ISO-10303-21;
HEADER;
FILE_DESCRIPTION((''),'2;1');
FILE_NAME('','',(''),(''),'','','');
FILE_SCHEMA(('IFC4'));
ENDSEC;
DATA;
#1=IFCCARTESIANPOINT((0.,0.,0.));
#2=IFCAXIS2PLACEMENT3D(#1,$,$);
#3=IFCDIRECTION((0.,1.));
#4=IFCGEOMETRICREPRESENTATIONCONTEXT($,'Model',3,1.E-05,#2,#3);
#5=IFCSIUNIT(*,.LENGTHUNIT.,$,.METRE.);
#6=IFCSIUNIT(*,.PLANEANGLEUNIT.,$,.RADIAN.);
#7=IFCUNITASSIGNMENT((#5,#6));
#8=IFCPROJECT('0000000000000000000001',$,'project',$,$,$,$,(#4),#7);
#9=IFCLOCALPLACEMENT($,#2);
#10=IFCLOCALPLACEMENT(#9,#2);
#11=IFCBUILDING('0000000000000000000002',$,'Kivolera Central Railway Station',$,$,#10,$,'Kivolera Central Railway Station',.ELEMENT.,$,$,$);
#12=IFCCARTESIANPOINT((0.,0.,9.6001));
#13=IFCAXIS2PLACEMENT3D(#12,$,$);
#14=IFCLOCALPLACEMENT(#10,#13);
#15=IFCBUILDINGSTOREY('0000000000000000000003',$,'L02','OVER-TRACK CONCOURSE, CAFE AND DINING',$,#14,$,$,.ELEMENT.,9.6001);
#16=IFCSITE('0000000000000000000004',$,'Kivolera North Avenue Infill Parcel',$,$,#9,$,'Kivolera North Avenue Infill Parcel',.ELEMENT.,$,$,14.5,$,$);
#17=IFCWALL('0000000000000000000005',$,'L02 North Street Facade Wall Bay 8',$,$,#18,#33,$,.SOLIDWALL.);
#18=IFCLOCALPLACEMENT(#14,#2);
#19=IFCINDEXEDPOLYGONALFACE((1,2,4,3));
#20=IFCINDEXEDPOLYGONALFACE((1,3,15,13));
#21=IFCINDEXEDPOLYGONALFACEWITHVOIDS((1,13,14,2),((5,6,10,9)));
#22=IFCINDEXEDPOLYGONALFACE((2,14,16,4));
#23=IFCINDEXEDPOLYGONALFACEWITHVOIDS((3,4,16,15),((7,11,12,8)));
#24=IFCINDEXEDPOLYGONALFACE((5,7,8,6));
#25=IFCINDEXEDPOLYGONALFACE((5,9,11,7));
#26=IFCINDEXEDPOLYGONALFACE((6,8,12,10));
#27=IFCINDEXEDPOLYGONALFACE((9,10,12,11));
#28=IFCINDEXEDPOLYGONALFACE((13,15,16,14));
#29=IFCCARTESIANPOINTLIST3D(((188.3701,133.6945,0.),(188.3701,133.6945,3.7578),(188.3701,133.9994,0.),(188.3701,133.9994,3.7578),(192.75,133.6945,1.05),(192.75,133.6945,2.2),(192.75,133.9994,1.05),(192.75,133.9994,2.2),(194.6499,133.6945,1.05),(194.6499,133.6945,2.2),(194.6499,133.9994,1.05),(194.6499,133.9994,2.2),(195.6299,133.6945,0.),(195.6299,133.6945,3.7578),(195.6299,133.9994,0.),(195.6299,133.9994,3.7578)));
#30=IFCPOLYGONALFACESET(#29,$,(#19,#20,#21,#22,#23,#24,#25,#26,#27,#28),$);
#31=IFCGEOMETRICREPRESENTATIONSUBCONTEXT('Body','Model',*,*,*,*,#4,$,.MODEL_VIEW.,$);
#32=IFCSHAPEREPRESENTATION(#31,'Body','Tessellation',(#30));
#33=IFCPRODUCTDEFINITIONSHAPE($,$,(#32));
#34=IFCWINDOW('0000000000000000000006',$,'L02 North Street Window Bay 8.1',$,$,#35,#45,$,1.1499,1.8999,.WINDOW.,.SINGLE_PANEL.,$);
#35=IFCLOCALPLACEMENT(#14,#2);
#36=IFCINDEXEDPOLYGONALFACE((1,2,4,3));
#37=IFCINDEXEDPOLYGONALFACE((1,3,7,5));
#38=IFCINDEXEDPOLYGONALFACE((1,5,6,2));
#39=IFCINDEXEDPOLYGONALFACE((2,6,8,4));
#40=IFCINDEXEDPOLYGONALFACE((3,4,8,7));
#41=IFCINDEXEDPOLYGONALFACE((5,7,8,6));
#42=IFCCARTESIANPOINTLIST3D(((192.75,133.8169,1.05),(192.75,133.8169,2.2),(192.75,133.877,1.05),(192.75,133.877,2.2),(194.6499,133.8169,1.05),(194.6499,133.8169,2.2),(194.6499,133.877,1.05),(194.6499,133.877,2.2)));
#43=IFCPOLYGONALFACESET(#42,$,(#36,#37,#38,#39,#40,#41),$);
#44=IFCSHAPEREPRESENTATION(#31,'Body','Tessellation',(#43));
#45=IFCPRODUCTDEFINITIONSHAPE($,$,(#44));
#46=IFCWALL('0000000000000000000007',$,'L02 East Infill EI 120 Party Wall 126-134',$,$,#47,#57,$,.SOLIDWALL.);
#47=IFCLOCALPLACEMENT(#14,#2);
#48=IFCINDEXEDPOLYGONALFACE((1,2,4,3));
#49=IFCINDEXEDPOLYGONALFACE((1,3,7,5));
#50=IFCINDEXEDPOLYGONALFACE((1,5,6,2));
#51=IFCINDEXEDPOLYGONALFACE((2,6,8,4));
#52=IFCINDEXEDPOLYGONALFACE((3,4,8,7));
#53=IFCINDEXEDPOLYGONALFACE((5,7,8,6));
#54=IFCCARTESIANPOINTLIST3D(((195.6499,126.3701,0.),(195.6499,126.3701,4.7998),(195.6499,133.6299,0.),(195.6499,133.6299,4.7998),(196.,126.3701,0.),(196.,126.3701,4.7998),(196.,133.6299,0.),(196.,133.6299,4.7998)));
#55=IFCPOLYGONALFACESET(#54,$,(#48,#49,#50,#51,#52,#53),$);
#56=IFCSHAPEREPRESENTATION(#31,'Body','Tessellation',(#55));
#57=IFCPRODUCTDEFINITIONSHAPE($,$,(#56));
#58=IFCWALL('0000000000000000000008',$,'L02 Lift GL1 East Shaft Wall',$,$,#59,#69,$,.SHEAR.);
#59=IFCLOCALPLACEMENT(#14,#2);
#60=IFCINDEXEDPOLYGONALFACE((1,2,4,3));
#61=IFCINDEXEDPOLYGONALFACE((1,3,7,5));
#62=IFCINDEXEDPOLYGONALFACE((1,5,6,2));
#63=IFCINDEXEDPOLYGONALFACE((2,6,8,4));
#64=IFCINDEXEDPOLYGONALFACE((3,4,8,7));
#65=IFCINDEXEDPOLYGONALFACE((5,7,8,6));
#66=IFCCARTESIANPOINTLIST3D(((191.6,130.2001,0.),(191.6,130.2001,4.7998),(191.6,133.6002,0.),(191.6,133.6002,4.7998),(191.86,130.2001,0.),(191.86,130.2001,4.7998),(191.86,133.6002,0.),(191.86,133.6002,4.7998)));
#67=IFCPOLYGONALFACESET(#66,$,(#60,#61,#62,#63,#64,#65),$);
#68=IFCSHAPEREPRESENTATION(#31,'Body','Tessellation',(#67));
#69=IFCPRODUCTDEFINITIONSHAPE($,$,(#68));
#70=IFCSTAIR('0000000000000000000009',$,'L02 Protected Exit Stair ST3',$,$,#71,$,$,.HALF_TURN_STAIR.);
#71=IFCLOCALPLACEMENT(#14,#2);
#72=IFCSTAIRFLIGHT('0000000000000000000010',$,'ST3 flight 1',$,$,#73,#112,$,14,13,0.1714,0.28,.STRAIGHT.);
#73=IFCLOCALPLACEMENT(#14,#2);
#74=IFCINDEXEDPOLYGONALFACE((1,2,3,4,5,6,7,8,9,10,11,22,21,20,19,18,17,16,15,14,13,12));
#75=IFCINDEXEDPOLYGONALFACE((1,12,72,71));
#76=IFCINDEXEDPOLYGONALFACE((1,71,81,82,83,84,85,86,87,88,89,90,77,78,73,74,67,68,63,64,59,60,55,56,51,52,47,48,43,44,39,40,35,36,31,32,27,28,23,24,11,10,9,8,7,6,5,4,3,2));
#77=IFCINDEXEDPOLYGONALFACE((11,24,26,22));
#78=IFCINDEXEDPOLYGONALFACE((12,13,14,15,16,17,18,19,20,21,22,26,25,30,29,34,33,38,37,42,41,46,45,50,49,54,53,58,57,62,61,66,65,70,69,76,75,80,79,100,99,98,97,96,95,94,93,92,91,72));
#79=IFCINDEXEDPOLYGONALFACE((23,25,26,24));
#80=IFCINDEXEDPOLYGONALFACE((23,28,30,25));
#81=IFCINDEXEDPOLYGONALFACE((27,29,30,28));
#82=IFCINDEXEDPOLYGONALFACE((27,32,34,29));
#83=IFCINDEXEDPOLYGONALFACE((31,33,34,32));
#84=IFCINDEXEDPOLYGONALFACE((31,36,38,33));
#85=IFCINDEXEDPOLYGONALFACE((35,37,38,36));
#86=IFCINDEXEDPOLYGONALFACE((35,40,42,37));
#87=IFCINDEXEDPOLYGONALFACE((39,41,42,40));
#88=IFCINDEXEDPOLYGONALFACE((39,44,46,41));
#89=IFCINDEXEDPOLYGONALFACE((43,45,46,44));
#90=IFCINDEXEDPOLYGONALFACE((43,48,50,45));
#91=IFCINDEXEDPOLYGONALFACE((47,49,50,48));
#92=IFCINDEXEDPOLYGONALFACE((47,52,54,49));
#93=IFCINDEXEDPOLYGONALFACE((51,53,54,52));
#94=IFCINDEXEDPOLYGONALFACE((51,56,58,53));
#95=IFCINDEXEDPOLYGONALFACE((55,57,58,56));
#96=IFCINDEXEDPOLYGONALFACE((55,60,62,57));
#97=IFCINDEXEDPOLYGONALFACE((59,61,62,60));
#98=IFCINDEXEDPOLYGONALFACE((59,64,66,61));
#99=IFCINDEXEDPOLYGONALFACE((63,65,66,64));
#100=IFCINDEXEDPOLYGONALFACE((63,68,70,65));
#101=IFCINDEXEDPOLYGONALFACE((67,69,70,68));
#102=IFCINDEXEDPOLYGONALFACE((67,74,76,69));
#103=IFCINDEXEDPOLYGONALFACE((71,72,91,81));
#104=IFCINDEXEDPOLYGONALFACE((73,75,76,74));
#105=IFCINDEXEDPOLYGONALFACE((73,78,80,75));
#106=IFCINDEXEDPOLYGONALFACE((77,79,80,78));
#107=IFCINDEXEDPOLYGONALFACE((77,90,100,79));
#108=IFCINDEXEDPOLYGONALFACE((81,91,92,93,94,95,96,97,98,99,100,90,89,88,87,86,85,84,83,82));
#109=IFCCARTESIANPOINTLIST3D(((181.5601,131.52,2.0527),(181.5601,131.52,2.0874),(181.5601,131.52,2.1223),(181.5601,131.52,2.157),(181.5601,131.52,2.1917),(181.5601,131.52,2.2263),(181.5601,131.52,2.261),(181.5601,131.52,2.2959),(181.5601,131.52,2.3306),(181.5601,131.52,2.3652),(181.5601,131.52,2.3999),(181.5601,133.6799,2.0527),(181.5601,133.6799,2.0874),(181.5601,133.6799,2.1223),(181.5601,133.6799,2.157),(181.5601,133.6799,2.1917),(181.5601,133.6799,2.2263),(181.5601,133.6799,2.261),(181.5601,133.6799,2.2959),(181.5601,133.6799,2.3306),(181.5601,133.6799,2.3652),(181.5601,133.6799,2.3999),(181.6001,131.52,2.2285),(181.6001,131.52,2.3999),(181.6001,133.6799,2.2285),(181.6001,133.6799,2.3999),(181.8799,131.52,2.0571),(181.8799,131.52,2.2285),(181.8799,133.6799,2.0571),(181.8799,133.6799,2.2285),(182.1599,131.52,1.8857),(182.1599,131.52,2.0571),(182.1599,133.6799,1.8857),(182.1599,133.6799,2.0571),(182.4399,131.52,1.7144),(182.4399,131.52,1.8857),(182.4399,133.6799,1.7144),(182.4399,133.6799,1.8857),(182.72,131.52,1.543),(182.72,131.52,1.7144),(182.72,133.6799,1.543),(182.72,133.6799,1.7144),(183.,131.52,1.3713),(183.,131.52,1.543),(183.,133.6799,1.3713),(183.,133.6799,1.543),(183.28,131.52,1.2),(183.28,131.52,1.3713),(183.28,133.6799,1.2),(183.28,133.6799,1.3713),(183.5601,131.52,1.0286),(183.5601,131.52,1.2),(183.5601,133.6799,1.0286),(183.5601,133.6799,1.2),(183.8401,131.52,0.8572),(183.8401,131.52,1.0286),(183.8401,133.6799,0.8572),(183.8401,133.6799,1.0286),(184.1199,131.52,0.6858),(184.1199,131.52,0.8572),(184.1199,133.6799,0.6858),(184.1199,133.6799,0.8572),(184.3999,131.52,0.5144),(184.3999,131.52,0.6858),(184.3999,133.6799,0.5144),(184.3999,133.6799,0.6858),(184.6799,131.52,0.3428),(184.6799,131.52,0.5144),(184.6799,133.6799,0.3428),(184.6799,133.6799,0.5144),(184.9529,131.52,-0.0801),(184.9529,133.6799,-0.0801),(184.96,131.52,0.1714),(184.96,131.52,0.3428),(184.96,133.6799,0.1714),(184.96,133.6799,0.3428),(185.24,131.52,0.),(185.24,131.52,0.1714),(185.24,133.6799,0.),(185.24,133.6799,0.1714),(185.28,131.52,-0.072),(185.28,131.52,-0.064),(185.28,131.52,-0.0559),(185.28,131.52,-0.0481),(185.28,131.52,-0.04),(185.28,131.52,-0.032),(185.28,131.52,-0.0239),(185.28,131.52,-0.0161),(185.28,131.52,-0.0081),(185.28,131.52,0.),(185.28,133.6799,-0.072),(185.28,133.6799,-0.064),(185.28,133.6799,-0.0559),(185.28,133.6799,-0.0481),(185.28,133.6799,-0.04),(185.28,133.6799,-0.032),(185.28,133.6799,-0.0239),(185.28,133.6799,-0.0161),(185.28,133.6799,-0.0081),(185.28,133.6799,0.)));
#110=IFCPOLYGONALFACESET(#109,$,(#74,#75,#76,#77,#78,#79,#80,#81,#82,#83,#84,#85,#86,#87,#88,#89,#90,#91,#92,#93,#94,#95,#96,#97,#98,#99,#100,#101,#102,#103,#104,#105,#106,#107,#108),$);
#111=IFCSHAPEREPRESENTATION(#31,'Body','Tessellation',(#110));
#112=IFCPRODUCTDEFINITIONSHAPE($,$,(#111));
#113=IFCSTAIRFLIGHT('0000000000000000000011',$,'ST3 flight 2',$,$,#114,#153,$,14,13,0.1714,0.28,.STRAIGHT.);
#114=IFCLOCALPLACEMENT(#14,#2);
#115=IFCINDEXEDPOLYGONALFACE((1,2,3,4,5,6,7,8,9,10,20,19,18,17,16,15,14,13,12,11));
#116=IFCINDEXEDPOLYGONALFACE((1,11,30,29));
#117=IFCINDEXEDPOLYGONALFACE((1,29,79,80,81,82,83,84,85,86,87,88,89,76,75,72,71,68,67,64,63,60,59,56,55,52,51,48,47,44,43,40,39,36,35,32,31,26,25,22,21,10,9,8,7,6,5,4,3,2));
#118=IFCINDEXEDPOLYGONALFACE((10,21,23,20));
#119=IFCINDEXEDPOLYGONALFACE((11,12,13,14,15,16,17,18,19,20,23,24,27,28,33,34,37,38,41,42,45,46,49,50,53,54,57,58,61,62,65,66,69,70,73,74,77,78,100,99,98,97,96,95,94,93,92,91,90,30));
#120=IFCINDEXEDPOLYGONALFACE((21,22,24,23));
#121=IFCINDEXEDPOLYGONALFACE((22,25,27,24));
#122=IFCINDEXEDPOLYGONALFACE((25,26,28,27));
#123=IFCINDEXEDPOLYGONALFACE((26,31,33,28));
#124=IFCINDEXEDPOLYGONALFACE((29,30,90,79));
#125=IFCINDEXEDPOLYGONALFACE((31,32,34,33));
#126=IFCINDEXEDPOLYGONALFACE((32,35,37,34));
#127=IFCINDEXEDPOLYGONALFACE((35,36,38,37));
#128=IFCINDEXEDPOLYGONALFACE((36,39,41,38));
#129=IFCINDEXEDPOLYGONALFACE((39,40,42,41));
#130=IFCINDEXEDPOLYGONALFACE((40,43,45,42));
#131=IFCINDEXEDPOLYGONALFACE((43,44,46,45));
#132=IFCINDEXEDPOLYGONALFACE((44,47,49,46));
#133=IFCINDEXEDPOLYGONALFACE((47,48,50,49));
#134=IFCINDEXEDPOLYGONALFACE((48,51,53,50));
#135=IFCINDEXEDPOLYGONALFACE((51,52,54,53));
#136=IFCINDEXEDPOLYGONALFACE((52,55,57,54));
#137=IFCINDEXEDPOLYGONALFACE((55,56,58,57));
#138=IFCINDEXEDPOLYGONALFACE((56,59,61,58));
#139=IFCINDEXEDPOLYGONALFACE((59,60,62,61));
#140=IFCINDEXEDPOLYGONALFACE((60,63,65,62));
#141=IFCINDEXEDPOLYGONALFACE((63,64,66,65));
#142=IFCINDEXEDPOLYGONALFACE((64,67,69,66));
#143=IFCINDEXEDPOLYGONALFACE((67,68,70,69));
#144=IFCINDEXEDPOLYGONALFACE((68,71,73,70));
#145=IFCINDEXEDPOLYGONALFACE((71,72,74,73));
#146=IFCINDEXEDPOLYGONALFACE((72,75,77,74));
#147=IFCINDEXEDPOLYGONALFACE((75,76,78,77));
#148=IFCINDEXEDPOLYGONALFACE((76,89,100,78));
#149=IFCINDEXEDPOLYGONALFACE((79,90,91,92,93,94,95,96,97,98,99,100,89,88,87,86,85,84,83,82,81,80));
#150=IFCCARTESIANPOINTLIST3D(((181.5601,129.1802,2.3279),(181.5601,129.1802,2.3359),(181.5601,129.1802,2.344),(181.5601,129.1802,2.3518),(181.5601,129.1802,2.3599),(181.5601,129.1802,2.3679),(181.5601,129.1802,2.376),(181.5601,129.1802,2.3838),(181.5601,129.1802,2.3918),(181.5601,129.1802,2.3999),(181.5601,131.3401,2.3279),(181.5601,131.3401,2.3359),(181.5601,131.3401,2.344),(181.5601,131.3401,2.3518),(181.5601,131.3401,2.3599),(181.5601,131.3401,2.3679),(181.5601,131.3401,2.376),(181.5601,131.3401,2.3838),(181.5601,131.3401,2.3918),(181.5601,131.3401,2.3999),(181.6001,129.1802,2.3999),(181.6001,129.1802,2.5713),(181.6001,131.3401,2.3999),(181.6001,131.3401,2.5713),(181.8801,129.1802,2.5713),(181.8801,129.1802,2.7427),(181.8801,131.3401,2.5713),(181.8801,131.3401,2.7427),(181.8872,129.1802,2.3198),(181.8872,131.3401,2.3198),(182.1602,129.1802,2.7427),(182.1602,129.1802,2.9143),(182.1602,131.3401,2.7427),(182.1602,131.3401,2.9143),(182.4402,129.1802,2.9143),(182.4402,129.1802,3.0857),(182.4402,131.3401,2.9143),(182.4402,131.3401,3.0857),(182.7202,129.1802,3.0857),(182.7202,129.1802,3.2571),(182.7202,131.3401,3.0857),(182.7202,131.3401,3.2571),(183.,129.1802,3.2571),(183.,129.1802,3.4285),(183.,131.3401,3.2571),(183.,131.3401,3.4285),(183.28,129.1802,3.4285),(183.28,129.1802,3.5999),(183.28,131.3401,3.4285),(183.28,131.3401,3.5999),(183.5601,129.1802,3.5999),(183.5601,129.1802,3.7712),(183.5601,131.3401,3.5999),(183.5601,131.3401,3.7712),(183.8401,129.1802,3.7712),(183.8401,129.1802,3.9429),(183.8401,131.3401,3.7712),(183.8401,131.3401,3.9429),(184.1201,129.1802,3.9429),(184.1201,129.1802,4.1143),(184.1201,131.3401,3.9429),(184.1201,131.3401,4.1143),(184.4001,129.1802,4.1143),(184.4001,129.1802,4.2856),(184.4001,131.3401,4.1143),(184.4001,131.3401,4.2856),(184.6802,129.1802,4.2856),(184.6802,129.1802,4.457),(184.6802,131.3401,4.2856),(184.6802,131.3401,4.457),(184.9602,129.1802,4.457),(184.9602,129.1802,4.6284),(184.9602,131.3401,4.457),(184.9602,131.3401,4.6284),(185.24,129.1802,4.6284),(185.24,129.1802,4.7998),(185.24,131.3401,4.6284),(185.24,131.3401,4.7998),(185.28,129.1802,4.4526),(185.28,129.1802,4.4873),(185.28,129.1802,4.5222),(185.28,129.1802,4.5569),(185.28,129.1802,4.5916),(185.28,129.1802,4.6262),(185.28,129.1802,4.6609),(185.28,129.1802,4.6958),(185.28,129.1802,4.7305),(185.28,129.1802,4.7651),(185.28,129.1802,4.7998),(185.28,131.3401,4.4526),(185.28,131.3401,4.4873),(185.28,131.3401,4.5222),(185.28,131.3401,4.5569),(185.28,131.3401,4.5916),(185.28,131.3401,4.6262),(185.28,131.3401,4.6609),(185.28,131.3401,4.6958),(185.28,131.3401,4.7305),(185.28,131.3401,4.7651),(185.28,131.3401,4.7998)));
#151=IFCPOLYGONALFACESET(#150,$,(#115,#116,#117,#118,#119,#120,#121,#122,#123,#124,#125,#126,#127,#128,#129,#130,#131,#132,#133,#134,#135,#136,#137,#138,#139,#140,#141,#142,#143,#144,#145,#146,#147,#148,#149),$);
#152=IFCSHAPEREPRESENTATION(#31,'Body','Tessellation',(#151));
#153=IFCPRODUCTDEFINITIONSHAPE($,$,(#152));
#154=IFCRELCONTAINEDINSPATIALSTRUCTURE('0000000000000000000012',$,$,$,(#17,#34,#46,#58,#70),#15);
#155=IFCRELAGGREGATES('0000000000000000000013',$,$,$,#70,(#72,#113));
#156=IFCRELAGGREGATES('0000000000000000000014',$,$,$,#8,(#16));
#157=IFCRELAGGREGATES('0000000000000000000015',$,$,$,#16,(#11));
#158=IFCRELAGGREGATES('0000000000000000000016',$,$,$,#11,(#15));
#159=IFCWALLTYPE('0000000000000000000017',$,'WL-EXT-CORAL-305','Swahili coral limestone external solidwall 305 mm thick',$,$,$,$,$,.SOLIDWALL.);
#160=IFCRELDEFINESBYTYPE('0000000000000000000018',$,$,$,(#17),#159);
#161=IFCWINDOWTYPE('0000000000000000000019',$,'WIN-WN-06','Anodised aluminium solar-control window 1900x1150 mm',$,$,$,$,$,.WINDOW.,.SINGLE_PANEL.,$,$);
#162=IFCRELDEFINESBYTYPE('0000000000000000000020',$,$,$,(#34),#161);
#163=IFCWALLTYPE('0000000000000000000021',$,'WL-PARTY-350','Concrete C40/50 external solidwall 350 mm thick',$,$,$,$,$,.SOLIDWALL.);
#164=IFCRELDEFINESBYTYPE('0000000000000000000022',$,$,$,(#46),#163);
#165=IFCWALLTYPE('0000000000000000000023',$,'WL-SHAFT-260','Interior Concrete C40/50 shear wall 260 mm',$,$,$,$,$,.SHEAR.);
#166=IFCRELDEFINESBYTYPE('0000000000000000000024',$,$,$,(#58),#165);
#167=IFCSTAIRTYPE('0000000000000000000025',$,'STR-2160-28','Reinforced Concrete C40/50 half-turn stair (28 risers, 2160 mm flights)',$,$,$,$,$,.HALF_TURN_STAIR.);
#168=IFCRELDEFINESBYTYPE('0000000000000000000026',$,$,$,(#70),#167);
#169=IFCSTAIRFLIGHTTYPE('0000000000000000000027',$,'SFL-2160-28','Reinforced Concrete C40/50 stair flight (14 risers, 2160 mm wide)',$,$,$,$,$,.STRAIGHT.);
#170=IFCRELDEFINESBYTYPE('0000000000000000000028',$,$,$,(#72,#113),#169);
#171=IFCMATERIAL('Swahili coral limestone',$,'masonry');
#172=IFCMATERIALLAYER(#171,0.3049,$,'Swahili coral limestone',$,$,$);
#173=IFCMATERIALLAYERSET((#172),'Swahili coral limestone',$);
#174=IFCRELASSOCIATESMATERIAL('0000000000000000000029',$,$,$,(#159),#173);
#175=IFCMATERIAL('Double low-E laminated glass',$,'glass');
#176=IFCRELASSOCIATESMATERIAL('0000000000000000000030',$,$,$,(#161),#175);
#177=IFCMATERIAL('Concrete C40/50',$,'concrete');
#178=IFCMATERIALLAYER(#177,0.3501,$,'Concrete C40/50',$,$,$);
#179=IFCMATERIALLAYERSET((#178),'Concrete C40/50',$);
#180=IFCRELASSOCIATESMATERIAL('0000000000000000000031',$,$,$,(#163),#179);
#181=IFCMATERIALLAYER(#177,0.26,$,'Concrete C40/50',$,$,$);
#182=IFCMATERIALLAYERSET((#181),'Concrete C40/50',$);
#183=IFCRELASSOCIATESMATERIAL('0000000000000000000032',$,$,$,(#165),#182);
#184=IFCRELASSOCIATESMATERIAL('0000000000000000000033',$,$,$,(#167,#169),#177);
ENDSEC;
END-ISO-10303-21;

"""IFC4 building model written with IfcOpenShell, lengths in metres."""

from ifc_helpers import new_model, si_unit, direction, frame, frame_2d, origin, place, context, subcontext, project, spatial, polyline, rectangle, outline, extrude, material, layer, layer_set, type_object, element, fill, aggregate, save


model = new_model("IFC4")

# Units and contexts
model_context = context("Model", 3, precision=1e-05, world=origin(), true_north=direction((0.0, 1.0)))
body_context = subcontext(model_context, "Body", "Model", "MODEL_VIEW")
ifc_project = project(units=[si_unit("LENGTHUNIT", "METRE"), si_unit("PLANEANGLEUNIT", "RADIAN")], contexts=[model_context])

# Site, building, storey
site_placement = place(None, origin())
site = spatial("IfcSite", under=ifc_project, at=site_placement, Name="Kivolera North Avenue Infill Parcel", LongName="Kivolera North Avenue Infill Parcel", CompositionType="ELEMENT", RefElevation=14.5)
building_placement = place(site_placement, origin())
building = spatial("IfcBuilding", under=site, at=building_placement, Name="Kivolera Central Railway Station", LongName="Kivolera Central Railway Station", CompositionType="ELEMENT")
storey_placement = place(building_placement, frame((0.0, 0.0, 9.6001)))
storey = spatial("IfcBuildingStorey", under=building, at=storey_placement, Name="L02", Description="OVER-TRACK CONCOURSE, CAFE AND DINING", CompositionType="ELEMENT", Elevation=9.6001)

# Shared definitions
ifc_material_1 = material(Name="Concrete C40/50", Category="concrete")

# Shared definitions
ifc_material_2 = material(Name="Double low-E laminated glass", Category="glass")

# Wall, opening, window
ifc_material_3 = material(Name="Swahili coral limestone", Category="masonry")
ifc_layer_1 = layer(ifc_material_3, 0.3049, Name="Swahili coral limestone")
ifc_layer_set_1 = layer_set([ifc_layer_1], Name="Swahili coral limestone")
wall_type_1 = type_object("IfcWallType", Name="WL-EXT-CORAL-305", Description="Swahili coral limestone external solidwall 305 mm thick", PredefinedType="SOLIDWALL", material=ifc_layer_set_1)
wall_1_placement = place(storey_placement, frame((188.3701, 133.8469, 0.0), z_axis=(0.0, 0.0, 1.0), x_axis=(1.0, 0.0, 0.0)))
wall_1 = element("IfcWall", 1, at=wall_1_placement, inside=storey, type_object=wall_type_1, Name="L02 North Street Facade Wall Bay 8", PredefinedType="SOLIDWALL", context=body_context, shape_type="SweptSolid", body=[
    extrude(rectangle(XDim=7.2598, YDim=0.3049, at=frame_2d((3.6299, 0.0))), origin(), (0.0, 0.0, 1.0), 3.7578),
])
opening_1_placement = place(wall_1_placement, frame((4.3799, 0.0, 1.05)))
opening_1 = element("IfcOpeningElement", 2, at=opening_1_placement, cuts=wall_1, PredefinedType="OPENING", context=body_context, shape_type="SweptSolid", body=[
    extrude(rectangle(XDim=1.8999, YDim=1.1499, at=frame_2d((0.95, 0.575))), frame((0.0, 0.1624, 0.0), z_axis=(0.0, -1.0, 0.0), x_axis=(1.0, 0.0, 0.0)), (0.0, 0.0, 1.0), 0.325),
])
window_type_1 = type_object("IfcWindowType", Name="WIN-WN-06", Description="Anodised aluminium solar-control window 1900x1150 mm", PartitioningType="SINGLE_PANEL", PredefinedType="WINDOW", material=ifc_material_2)
window_1_placement = place(opening_1_placement, origin())
window_1 = element("IfcWindow", 3, at=window_1_placement, inside=storey, type_object=window_type_1, Name="L02 North Street Window Bay 8.1", OverallHeight=1.1499, OverallWidth=1.8999, PartitioningType="SINGLE_PANEL", PredefinedType="WINDOW", context=body_context, shape_type="SweptSolid", body=[
    extrude(rectangle(XDim=1.8999, YDim=1.1499, at=frame_2d((0.95, 0.575))), frame((0.0, 0.03, 0.0), z_axis=(0.0, -1.0, 0.0), x_axis=(1.0, 0.0, 0.0)), (0.0, 0.0, 1.0), 0.0601),
])
fill(opening_1, window_1)

# Walls
ifc_layer_2 = layer(ifc_material_1, 0.3501, Name="Concrete C40/50")
ifc_layer_set_2 = layer_set([ifc_layer_2], Name="Concrete C40/50")
wall_type_2 = type_object("IfcWallType", Name="WL-PARTY-350", Description="Concrete C40/50 external solidwall 350 mm thick", PredefinedType="SOLIDWALL", material=ifc_layer_set_2)
wall_2_placement = place(storey_placement, frame((195.825, 133.6299, 0.0), z_axis=(0.0, 0.0, 1.0), x_axis=(0.0, -1.0, 0.0)))
element("IfcWall", 4, at=wall_2_placement, inside=storey, type_object=wall_type_2, Name="L02 East Infill EI 120 Party Wall 126-134", PredefinedType="SOLIDWALL", context=body_context, shape_type="SweptSolid", body=[
    extrude(rectangle(XDim=7.2598, YDim=0.3501, at=frame_2d((3.6299, 0.0))), origin(), (0.0, 0.0, 1.0), 4.7998),
])
ifc_layer_3 = layer(ifc_material_1, 0.26, Name="Concrete C40/50")
ifc_layer_set_3 = layer_set([ifc_layer_3], Name="Concrete C40/50")
wall_type_3 = type_object("IfcWallType", Name="WL-SHAFT-260", Description="Interior Concrete C40/50 shear wall 260 mm", PredefinedType="SHEAR", material=ifc_layer_set_3)
wall_3_placement = place(storey_placement, frame((191.73, 130.2, 0.0), z_axis=(0.0, 0.0, 1.0), x_axis=(0.0, 1.0, 0.0)))
element("IfcWall", 5, at=wall_3_placement, inside=storey, type_object=wall_type_3, Name="L02 Lift GL1 East Shaft Wall", PredefinedType="SHEAR", context=body_context, shape_type="SweptSolid", body=[
    extrude(rectangle(XDim=3.4001, YDim=0.26, at=frame_2d((1.7002, 0.0))), origin(), (0.0, 0.0, 1.0), 4.7998),
])

# Stair, stair flights
stair_type = type_object("IfcStairType", Name="STR-2160-28", Description="Reinforced Concrete C40/50 half-turn stair (28 risers, 2160 mm flights)", PredefinedType="HALF_TURN_STAIR", material=ifc_material_1)
stair_placement = place(storey_placement, origin())
stair = element("IfcStair", 6, at=stair_placement, inside=storey, type_object=stair_type, Name="L02 Protected Exit Stair ST3", PredefinedType="HALF_TURN_STAIR")
stair_flight_type = type_object("IfcStairFlightType", Name="SFL-2160-28", Description="Reinforced Concrete C40/50 stair flight (14 risers, 2160 mm wide)", PredefinedType="STRAIGHT", material=ifc_material_1)
stair_flight_1_placement = place(storey_placement, frame((185.24, 132.6001, 0.0), z_axis=(0.0, 0.0, 1.0), x_axis=(-1.0, 0.0, 0.0)))
stair_flight_1 = element("IfcStairFlight", 7, at=stair_flight_1_placement, type_object=stair_flight_type, Name="ST3 flight 1", NumberOfRisers=14, NumberOfTreads=13, PredefinedType="STRAIGHT", RiserHeight=0.1714, TreadLength=0.28, context=body_context, shape_type="SweptSolid", body=[
    extrude(outline(polyline([(-0.04, 0.0), (0.0, 0.0), (0.0, 0.1714), (0.28, 0.1714), (0.28, 0.3428), (0.5601, 0.3428), (0.5601, 0.5144), (0.8401, 0.5144), (0.8401, 0.6858), (1.1201, 0.6858), (1.1201, 0.8572), (1.3999, 0.8572), (1.3999, 1.0286), (1.6799, 1.0286), (1.6799, 1.2), (1.96, 1.2), (1.96, 1.3713), (2.24, 1.3713), (2.24, 1.543), (2.52, 1.543), (2.52, 1.7144), (2.8, 1.7144), (2.8, 1.8857), (3.0801, 1.8857), (3.0801, 2.0571), (3.3601, 2.0571), (3.3601, 2.2285), (3.6399, 2.2285), (3.6399, 2.3999), (3.6799, 2.3999), (3.6799, 2.3652), (3.6799, 2.3306), (3.6799, 2.2959), (3.6799, 2.261), (3.6799, 2.2263), (3.6799, 2.1917), (3.6799, 2.157), (3.6799, 2.1223), (3.6799, 2.0874), (3.6799, 2.0527), (0.2871, -0.0801), (-0.04, -0.072), (-0.04, -0.064), (-0.04, -0.0559), (-0.04, -0.0481), (-0.04, -0.04), (-0.04, -0.032), (-0.04, -0.0239), (-0.04, -0.0161), (-0.04, -0.0081), (-0.04, 0.0)])), frame((0.0, 1.0801, 0.0), z_axis=(0.0, -1.0, 0.0), x_axis=(1.0, 0.0, 0.0)), (0.0, 0.0, 1.0), 2.1599),
])
stair_flight_2_placement = place(storey_placement, frame((181.6001, 130.26, 2.3999), z_axis=(0.0, 0.0, 1.0), x_axis=(1.0, 0.0, 0.0)))
stair_flight_2 = element("IfcStairFlight", 8, at=stair_flight_2_placement, type_object=stair_flight_type, Name="ST3 flight 2", NumberOfRisers=14, NumberOfTreads=13, PredefinedType="STRAIGHT", RiserHeight=0.1714, TreadLength=0.28, context=body_context, shape_type="SweptSolid", body=[
    extrude(outline(polyline([(-0.04, 0.0), (0.0, 0.0), (0.0, 0.1714), (0.28, 0.1714), (0.28, 0.3428), (0.5601, 0.3428), (0.5601, 0.5144), (0.8401, 0.5144), (0.8401, 0.6858), (1.1201, 0.6858), (1.1201, 0.8572), (1.3999, 0.8572), (1.3999, 1.0286), (1.6799, 1.0286), (1.6799, 1.2), (1.96, 1.2), (1.96, 1.3713), (2.24, 1.3713), (2.24, 1.543), (2.52, 1.543), (2.52, 1.7144), (2.8, 1.7144), (2.8, 1.8857), (3.0801, 1.8857), (3.0801, 2.0571), (3.3601, 2.0571), (3.3601, 2.2285), (3.6399, 2.2285), (3.6399, 2.3999), (3.6799, 2.3999), (3.6799, 2.3652), (3.6799, 2.3306), (3.6799, 2.2959), (3.6799, 2.261), (3.6799, 2.2263), (3.6799, 2.1917), (3.6799, 2.157), (3.6799, 2.1223), (3.6799, 2.0874), (3.6799, 2.0527), (0.2871, -0.0801), (-0.04, -0.072), (-0.04, -0.064), (-0.04, -0.0559), (-0.04, -0.0481), (-0.04, -0.04), (-0.04, -0.032), (-0.04, -0.0239), (-0.04, -0.0161), (-0.04, -0.0081), (-0.04, 0.0)])), frame((0.0, 1.0801, 0.0), z_axis=(0.0, -1.0, 0.0), x_axis=(1.0, 0.0, 0.0)), (0.0, 0.0, 1.0), 2.1599),
])
aggregate(stair, [stair_flight_1, stair_flight_2])

save(model, "model.ifc")
